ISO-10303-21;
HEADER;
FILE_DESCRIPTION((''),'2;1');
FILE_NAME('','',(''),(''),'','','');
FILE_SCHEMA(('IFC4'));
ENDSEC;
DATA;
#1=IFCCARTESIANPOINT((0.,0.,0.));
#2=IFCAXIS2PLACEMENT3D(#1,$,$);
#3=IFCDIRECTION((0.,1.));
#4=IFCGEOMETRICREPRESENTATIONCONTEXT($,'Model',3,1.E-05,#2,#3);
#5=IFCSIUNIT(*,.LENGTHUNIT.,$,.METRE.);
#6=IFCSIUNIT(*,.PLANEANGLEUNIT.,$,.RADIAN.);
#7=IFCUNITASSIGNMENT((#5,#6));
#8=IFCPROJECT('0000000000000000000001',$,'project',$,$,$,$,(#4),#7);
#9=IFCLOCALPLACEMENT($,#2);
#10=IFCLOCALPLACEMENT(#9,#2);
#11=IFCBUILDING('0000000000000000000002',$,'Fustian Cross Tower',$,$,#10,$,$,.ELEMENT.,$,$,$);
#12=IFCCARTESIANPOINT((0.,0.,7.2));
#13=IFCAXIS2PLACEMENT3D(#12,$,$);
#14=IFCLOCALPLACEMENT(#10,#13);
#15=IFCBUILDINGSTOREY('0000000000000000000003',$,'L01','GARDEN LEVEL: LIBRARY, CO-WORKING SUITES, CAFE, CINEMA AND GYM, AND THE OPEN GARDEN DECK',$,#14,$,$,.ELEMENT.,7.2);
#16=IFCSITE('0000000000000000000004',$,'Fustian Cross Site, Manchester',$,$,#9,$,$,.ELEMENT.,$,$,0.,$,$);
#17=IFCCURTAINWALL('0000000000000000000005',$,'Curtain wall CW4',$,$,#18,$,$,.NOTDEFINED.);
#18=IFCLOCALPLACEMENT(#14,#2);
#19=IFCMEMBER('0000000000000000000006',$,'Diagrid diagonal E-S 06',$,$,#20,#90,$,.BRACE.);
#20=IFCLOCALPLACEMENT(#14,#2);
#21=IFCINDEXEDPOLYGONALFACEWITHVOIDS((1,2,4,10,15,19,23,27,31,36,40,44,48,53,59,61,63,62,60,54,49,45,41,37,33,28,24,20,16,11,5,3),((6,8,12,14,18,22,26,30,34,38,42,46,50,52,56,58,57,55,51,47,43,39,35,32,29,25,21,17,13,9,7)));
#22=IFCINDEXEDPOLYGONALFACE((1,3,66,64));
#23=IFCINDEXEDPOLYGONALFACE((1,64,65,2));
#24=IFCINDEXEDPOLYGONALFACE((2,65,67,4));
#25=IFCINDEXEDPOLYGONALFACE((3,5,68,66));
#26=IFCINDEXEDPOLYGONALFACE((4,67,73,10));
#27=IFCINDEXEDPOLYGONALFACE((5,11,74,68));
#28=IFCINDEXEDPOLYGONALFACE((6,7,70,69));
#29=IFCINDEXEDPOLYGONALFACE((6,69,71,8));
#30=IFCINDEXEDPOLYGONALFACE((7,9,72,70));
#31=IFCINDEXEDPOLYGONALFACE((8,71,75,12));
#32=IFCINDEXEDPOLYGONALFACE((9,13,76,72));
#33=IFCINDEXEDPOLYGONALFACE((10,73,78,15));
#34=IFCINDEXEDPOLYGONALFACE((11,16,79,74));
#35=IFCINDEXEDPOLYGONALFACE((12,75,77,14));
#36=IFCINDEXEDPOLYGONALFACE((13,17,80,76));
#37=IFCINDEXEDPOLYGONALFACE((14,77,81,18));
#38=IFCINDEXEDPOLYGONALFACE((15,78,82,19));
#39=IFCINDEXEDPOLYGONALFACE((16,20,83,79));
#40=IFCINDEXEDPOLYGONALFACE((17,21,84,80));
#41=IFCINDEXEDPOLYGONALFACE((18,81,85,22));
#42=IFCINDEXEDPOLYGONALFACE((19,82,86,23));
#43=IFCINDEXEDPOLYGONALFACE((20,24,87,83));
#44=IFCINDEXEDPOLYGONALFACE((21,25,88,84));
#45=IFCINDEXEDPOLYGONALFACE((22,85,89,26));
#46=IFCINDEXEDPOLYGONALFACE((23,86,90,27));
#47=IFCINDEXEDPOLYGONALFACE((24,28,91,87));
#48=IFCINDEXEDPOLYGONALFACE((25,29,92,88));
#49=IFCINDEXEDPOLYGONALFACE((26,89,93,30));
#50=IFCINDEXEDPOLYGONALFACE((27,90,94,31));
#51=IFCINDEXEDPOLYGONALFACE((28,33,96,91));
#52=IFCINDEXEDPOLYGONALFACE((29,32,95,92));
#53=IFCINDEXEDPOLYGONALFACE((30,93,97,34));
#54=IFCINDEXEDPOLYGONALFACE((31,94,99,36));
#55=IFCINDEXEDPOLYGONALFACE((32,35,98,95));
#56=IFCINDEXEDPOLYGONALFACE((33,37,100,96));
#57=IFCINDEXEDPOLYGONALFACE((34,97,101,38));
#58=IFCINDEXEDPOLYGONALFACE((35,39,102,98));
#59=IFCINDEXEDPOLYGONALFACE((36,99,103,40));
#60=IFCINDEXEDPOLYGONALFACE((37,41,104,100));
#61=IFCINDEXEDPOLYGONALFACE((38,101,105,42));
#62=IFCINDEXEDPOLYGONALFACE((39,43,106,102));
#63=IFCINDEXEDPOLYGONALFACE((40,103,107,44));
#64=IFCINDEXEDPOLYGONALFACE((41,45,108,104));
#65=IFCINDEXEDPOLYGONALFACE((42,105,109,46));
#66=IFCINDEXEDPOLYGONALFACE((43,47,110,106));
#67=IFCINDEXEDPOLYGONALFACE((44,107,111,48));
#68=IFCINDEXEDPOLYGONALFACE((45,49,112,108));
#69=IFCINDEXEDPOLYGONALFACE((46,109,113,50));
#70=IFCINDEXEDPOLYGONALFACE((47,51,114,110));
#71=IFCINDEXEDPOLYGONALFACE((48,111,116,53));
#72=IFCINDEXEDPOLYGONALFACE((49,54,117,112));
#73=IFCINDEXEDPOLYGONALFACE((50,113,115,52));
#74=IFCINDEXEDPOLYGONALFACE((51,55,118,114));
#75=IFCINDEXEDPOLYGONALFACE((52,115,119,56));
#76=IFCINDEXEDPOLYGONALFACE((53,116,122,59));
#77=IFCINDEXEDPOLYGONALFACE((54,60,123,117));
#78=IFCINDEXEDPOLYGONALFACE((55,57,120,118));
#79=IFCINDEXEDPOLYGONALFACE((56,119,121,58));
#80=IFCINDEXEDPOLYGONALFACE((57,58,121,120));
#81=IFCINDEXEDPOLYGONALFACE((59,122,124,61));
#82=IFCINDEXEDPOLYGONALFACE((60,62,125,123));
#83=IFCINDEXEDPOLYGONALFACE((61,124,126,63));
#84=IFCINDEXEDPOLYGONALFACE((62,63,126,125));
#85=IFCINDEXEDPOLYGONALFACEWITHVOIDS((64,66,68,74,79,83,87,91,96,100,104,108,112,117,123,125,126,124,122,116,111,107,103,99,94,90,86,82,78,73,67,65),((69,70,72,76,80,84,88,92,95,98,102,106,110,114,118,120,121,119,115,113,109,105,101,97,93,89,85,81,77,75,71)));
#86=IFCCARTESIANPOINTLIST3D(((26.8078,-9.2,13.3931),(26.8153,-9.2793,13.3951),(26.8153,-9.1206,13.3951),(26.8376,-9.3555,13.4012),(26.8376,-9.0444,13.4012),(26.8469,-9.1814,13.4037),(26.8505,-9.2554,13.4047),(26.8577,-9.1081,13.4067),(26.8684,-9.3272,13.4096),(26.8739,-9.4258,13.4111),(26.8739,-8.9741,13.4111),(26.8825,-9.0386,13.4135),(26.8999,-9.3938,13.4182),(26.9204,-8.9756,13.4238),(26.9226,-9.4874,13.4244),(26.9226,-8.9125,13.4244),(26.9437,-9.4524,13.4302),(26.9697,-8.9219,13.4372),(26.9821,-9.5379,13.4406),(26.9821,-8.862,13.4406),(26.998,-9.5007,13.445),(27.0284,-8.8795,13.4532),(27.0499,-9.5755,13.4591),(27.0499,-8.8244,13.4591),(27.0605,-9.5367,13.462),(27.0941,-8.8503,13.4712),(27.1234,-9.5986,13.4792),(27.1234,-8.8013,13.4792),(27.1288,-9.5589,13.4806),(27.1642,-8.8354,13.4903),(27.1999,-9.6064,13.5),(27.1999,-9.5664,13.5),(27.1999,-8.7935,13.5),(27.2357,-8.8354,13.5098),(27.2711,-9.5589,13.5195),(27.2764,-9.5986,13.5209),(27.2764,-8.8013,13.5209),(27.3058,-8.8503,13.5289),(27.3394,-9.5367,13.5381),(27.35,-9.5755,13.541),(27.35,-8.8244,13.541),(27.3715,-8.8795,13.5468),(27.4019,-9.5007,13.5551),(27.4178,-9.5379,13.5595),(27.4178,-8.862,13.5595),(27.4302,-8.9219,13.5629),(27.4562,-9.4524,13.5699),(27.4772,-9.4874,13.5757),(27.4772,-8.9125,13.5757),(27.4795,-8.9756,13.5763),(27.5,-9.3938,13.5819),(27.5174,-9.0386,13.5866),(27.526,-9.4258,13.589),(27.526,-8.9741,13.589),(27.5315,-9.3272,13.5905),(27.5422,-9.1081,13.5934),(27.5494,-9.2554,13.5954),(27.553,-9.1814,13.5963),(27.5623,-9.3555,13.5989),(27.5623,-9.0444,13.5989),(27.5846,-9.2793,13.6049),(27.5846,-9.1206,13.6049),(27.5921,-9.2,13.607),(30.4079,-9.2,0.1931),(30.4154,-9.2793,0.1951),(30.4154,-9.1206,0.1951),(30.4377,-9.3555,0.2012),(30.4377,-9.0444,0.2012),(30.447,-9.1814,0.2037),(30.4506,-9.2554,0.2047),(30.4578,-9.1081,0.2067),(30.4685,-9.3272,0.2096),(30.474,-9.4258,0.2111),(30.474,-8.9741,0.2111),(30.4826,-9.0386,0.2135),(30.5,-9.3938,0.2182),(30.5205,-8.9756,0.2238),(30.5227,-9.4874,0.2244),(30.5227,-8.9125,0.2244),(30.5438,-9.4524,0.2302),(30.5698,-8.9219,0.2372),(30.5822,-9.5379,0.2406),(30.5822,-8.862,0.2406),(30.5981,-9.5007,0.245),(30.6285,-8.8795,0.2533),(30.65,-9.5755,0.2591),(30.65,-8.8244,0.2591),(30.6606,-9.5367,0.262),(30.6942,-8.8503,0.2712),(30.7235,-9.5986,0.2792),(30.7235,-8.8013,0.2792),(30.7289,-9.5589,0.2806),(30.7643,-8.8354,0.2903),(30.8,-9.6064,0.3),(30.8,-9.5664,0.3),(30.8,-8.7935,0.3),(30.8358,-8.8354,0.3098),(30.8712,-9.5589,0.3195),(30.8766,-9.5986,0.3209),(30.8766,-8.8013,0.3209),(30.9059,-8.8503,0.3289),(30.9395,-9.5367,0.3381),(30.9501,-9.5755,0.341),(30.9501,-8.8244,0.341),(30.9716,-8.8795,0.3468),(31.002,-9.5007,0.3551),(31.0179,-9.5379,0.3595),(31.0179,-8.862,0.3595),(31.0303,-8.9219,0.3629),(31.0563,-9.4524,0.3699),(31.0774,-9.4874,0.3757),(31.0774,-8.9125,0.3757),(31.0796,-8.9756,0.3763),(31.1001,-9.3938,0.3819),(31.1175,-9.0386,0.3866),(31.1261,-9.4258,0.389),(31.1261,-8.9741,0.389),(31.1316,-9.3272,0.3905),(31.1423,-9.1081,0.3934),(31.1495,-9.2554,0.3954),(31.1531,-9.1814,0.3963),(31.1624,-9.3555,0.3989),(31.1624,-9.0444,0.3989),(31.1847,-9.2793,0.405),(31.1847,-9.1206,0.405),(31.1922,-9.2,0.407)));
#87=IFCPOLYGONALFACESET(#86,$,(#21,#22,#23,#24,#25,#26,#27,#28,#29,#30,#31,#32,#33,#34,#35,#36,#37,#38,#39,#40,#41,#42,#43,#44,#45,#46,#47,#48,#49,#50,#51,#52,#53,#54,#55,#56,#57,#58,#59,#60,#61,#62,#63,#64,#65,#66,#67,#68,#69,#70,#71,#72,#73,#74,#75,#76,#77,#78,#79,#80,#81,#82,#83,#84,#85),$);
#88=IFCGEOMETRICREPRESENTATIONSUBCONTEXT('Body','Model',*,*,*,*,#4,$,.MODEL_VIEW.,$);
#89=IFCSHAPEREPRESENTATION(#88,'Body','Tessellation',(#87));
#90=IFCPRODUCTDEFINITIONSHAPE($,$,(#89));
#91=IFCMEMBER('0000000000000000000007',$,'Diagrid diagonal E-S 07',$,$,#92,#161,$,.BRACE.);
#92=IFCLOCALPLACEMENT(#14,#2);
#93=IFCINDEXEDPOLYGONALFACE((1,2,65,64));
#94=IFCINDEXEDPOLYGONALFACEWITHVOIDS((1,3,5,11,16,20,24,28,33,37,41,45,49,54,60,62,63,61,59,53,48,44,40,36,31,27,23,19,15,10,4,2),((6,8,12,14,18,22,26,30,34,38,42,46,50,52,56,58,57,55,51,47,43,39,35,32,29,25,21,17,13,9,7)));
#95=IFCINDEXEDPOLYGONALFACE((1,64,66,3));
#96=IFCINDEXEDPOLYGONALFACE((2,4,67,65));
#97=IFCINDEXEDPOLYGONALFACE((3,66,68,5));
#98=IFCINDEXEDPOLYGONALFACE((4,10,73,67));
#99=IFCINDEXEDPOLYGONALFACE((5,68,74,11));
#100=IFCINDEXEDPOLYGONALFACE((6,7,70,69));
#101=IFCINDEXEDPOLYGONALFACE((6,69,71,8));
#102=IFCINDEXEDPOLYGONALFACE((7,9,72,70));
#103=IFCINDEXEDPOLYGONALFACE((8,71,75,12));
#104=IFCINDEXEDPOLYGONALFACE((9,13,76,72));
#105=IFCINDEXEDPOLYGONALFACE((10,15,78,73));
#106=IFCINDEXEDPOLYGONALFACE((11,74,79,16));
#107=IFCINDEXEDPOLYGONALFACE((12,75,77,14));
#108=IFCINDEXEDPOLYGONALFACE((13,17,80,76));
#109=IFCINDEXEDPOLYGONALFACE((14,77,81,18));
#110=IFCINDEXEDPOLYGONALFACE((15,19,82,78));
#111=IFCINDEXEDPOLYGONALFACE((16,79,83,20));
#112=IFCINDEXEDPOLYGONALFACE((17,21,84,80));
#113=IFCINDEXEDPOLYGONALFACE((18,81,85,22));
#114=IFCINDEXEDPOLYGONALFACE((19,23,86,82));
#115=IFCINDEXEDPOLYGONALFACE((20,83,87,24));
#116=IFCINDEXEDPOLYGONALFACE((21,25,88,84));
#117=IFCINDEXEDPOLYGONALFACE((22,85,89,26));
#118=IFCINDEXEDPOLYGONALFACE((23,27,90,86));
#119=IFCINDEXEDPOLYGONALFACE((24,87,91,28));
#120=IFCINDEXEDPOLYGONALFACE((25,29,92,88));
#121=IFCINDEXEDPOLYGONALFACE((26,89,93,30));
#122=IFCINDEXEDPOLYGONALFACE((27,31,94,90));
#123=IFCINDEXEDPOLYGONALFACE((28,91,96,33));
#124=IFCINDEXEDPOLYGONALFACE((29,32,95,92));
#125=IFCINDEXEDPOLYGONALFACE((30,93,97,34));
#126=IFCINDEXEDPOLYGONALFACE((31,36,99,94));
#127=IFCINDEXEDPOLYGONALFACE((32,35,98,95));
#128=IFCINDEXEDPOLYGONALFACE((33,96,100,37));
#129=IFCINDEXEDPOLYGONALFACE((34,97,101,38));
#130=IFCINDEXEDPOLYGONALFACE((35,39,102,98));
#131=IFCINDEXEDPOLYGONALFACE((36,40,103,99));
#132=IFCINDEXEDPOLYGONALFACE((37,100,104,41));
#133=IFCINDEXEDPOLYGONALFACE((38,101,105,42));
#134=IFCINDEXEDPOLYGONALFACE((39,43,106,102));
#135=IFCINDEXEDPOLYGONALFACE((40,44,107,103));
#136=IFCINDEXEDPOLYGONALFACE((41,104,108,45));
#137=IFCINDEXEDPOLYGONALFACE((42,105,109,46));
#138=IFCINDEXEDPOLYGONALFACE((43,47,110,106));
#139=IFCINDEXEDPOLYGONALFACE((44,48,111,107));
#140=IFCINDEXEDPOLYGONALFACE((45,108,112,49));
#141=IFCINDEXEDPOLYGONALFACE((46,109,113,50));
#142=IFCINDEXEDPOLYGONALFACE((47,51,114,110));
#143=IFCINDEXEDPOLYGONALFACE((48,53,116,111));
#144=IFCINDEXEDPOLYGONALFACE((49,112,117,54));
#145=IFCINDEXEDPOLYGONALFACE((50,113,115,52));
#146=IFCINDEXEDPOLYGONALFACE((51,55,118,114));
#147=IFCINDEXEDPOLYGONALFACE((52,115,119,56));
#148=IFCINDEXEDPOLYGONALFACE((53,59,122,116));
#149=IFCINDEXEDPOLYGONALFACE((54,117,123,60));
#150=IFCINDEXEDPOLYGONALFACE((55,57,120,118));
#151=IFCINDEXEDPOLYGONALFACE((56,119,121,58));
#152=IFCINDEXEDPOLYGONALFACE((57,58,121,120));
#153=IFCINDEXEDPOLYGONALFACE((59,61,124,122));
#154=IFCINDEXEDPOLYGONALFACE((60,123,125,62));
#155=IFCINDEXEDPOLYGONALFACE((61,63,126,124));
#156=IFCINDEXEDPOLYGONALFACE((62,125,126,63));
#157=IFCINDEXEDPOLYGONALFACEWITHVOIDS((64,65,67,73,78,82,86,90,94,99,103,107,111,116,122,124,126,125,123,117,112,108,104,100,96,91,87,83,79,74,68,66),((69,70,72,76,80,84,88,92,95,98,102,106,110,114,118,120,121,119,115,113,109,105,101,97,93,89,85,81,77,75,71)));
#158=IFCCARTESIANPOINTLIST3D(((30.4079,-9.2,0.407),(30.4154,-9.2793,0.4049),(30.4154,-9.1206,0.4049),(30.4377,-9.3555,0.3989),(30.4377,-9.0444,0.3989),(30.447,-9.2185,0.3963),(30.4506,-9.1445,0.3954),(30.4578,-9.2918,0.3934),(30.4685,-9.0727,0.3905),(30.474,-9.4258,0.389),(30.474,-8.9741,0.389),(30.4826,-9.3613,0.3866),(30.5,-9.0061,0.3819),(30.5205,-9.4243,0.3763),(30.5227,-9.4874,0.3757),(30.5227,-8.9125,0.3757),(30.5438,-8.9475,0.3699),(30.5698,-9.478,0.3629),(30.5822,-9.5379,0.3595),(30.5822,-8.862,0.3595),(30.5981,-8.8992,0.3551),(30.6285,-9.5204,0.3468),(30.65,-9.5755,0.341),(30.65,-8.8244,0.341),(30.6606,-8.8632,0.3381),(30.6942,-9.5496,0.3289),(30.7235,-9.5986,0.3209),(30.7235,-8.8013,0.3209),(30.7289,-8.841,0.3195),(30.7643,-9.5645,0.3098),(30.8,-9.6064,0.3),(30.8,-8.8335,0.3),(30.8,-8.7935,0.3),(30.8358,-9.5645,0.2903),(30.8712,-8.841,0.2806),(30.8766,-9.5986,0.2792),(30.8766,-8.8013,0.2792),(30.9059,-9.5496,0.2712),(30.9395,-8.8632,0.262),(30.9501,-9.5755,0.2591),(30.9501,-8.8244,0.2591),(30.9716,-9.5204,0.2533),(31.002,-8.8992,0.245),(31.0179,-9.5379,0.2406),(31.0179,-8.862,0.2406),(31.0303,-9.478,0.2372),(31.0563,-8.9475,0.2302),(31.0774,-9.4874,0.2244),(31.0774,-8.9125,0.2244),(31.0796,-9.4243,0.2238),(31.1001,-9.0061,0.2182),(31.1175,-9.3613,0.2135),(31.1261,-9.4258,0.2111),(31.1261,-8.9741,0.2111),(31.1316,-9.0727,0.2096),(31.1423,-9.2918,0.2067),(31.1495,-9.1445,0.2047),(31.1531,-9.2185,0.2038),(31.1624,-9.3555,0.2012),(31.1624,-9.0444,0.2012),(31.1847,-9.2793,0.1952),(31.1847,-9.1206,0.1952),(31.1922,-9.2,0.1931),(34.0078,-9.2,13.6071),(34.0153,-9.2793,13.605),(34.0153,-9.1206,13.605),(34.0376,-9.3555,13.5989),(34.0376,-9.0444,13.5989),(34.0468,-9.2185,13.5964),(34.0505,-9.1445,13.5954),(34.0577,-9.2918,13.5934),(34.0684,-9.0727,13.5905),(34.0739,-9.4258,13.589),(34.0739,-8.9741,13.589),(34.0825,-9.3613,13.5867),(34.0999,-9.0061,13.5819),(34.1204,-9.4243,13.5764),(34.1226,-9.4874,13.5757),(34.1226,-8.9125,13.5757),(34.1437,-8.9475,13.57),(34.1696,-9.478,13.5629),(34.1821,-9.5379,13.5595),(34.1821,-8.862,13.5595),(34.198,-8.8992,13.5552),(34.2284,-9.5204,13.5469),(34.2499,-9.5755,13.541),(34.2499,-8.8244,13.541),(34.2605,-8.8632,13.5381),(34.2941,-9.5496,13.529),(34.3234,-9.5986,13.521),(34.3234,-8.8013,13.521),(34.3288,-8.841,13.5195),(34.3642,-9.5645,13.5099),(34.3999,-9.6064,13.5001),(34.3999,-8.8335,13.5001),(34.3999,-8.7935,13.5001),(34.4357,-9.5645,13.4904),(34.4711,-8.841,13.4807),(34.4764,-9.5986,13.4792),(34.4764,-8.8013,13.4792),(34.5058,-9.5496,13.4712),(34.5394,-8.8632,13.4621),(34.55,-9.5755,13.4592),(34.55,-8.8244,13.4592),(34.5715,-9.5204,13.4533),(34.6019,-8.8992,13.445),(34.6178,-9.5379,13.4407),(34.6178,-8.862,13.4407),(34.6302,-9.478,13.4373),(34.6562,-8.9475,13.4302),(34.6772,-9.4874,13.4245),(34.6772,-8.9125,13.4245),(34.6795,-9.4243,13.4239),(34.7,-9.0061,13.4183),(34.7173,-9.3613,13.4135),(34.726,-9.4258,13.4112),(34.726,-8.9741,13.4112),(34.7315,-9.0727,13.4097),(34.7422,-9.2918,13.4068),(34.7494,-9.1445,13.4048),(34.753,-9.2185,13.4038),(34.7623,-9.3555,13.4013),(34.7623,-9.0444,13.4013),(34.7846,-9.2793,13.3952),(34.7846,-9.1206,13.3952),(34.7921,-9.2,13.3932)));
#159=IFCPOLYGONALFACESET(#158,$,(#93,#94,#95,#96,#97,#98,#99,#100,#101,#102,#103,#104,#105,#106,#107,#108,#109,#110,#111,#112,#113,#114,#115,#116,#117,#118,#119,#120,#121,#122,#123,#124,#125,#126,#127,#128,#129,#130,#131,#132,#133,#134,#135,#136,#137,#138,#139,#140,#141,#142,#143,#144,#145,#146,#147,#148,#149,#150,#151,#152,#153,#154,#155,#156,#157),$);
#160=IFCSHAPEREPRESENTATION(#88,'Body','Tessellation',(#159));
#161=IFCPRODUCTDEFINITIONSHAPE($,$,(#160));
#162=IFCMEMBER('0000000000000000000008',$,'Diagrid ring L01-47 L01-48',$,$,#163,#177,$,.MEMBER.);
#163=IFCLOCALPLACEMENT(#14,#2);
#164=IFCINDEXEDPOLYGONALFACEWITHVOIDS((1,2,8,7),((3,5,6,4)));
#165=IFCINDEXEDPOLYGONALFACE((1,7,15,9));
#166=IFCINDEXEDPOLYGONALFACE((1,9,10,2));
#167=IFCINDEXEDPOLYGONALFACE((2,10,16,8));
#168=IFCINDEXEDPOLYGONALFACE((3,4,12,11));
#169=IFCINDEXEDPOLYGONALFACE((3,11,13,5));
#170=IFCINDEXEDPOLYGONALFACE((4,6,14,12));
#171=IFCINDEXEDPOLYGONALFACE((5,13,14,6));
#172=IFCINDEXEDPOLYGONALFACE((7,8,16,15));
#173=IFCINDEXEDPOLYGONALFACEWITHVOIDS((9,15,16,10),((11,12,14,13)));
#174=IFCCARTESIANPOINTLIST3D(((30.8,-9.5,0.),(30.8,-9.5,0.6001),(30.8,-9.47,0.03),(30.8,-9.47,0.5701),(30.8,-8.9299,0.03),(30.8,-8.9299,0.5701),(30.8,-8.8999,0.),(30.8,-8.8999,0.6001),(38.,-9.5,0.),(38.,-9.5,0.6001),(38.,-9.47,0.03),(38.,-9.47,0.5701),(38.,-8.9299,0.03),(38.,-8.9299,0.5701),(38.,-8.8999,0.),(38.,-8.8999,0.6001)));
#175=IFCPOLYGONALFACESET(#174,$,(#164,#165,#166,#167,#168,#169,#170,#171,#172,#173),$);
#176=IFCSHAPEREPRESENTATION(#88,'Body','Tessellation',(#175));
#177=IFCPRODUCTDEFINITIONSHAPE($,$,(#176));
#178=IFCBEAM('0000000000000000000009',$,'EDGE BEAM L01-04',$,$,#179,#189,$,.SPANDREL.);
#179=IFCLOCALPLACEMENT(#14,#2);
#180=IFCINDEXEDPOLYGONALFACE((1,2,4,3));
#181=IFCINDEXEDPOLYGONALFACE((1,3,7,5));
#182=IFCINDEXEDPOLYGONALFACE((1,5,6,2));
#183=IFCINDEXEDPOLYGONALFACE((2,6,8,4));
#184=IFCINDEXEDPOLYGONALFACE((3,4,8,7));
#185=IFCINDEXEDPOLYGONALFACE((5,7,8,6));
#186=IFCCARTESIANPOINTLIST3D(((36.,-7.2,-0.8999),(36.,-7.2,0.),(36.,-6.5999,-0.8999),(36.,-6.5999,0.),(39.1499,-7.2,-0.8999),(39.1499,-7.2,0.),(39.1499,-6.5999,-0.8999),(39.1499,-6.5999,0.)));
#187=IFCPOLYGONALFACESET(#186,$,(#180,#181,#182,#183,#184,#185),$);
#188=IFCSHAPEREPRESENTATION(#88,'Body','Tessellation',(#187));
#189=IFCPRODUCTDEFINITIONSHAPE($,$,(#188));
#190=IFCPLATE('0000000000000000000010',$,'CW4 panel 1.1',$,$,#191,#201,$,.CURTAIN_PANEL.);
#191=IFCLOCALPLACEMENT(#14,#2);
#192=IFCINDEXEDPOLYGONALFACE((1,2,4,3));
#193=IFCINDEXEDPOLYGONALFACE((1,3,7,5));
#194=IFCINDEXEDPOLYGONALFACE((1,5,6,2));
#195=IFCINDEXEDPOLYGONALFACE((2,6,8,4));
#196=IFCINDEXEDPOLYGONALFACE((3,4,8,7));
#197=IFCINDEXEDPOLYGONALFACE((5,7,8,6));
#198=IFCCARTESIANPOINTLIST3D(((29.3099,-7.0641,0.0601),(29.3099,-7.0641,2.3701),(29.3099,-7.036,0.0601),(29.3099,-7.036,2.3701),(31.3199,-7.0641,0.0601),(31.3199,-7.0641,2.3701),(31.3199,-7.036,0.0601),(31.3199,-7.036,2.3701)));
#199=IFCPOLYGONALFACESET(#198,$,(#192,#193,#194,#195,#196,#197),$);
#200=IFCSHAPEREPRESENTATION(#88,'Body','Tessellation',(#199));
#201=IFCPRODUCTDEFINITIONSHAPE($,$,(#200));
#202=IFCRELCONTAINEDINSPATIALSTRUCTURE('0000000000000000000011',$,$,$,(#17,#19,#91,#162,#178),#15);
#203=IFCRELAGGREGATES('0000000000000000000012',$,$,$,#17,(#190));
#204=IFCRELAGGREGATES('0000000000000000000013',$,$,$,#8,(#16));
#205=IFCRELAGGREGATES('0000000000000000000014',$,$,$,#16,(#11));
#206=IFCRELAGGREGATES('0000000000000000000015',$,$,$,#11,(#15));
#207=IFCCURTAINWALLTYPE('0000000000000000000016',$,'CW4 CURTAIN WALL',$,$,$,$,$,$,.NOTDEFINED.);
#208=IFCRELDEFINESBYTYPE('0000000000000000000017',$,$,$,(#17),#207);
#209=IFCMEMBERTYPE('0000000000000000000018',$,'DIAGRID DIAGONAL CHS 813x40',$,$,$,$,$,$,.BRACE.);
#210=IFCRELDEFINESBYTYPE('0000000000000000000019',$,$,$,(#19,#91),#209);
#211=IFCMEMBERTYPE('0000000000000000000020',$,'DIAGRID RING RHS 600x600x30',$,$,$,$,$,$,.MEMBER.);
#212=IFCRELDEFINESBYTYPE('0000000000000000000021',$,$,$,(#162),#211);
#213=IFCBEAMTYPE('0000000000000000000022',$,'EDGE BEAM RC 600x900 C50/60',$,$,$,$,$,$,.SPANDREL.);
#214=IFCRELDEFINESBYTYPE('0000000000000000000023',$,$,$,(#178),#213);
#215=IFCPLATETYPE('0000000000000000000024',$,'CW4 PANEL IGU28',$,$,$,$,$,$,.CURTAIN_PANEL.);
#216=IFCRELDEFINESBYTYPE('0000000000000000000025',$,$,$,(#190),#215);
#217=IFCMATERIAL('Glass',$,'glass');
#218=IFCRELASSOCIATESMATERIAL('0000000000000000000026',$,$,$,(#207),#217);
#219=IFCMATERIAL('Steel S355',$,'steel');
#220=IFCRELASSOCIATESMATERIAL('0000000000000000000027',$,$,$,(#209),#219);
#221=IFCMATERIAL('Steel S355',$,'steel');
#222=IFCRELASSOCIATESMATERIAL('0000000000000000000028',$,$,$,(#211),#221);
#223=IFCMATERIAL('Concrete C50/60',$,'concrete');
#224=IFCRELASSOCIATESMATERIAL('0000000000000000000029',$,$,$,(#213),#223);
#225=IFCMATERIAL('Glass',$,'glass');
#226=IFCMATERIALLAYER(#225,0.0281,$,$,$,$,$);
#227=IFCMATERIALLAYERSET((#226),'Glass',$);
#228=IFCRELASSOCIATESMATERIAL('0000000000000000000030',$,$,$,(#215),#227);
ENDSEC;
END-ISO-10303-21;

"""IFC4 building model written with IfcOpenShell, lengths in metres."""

from ifc_helpers import new_model, si_unit, direction, frame, origin, origin_2d, place, context, subcontext, project, spatial, rectangle, hollow_rectangle, hollow_circle, extrude, material, layer, layer_set, material_profile, profile_set, type_object, element, aggregate, save


model = new_model("IFC4")

# Units and contexts
model_context = context("Model", 3, precision=1e-05, world=origin(), true_north=direction((0.0, 1.0)))
body_context = subcontext(model_context, "Body", "Model", "MODEL_VIEW")
ifc_project = project(units=[si_unit("LENGTHUNIT", "METRE"), si_unit("PLANEANGLEUNIT", "RADIAN")], contexts=[model_context])

# Site, building, storey
site_placement = place(None, origin())
site = spatial("IfcSite", under=ifc_project, at=site_placement, Name="Fustian Cross Site, Manchester", CompositionType="ELEMENT", RefElevation=0.0)
building_placement = place(site_placement, origin())
building = spatial("IfcBuilding", under=site, at=building_placement, Name="Fustian Cross Tower", CompositionType="ELEMENT")
storey_placement = place(building_placement, frame((0.0, 0.0, 7.2)))
storey = spatial("IfcBuildingStorey", under=building, at=storey_placement, Name="L01", Description="GARDEN LEVEL: LIBRARY, CO-WORKING SUITES, CAFE, CINEMA AND GYM, AND THE OPEN GARDEN DECK", CompositionType="ELEMENT", Elevation=7.2)

# Curtain wall
ifc_material_1 = material(Name="Glass", Category="glass")
curtain_wall_type = type_object("IfcCurtainWallType", Name="CW4 CURTAIN WALL", PredefinedType="NOTDEFINED", material=ifc_material_1)
curtain_wall_placement = place(storey_placement, origin())
curtain_wall = element("IfcCurtainWall", 1, at=curtain_wall_placement, inside=storey, type_object=curtain_wall_type, Name="Curtain wall CW4", PredefinedType="NOTDEFINED")

# Members
ifc_material_2 = material(Name="Steel S355", Category="steel")
ifc_material_profile_1 = material_profile(ifc_material_2, hollow_circle(Radius=0.4065, WallThickness=0.04, at=origin_2d()), Name="CHS 813x40")
ifc_profile_set_1 = profile_set([ifc_material_profile_1], Name="Steel S355")
member_type_1 = type_object("IfcMemberType", Name="DIAGRID DIAGONAL CHS 813x40", PredefinedType="BRACE", material=ifc_profile_set_1)
for number, where, z_axis, x_axis, name in (
    (2, (30.8, -9.2, 0.3), (-0.263125, 0.0, 0.964762), (0.0, -1.0, 0.0), "Diagrid diagonal E-S 06"),
    (3, (30.8, -9.2, 0.3), (0.263108, 0.0, 0.964766), (0.0, 1.0, 0.0), "Diagrid diagonal E-S 07"),
):
    element("IfcMember", number, at=place(storey_placement, frame(where, z_axis=z_axis, x_axis=x_axis)), inside=storey, type_object=member_type_1, Name=name, PredefinedType="BRACE", context=body_context, shape_type="SweptSolid", body=[
        extrude(hollow_circle(Radius=0.4065, WallThickness=0.04, at=origin_2d()), origin(), (0.0, 0.0, 1.0), 13.6821),
    ])
ifc_material_3 = material(Name="Steel S355", Category="steel")
ifc_material_profile_2 = material_profile(ifc_material_3, hollow_rectangle(XDim=0.6001, YDim=0.6001, WallThickness=0.03, at=origin_2d()), Name="RHS 600x600x30")
ifc_profile_set_2 = profile_set([ifc_material_profile_2], Name="Steel S355")
member_type_2 = type_object("IfcMemberType", Name="DIAGRID RING RHS 600x600x30", PredefinedType="MEMBER", material=ifc_profile_set_2)
member_1_placement = place(storey_placement, frame((30.8, -9.2, 0.3), z_axis=(1.0, 0.0, 0.0), x_axis=(0.0, 1.0, 0.0)))
element("IfcMember", 4, at=member_1_placement, inside=storey, type_object=member_type_2, Name="Diagrid ring L01-47 L01-48", PredefinedType="MEMBER", context=body_context, shape_type="SweptSolid", body=[
    extrude(hollow_rectangle(XDim=0.6001, YDim=0.6001, WallThickness=0.03, at=origin_2d()), origin(), (0.0, 0.0, 1.0), 7.2),
])

# Beam
ifc_material_4 = material(Name="Concrete C50/60", Category="concrete")
ifc_material_profile_3 = material_profile(ifc_material_4, rectangle(XDim=0.6001, YDim=0.8999, at=origin_2d()), Name="RC 600x900")
ifc_profile_set_3 = profile_set([ifc_material_profile_3], Name="Concrete C50/60")
beam_type = type_object("IfcBeamType", Name="EDGE BEAM RC 600x900 C50/60", PredefinedType="SPANDREL", material=ifc_profile_set_3)
beam_placement = place(storey_placement, frame((36.0, -6.8999, -0.45), z_axis=(1.0, 0.0, 0.0), x_axis=(0.0, 1.0, 0.0)))
element("IfcBeam", 5, at=beam_placement, inside=storey, type_object=beam_type, Name="EDGE BEAM L01-04", PredefinedType="SPANDREL", context=body_context, shape_type="SweptSolid", body=[
    extrude(rectangle(XDim=0.6001, YDim=0.8999, at=origin_2d()), origin(), (0.0, 0.0, 1.0), 3.1499),
])

# Plate
ifc_material_5 = material(Name="Glass", Category="glass")
ifc_layer_1 = layer(ifc_material_5, 0.0281)
ifc_layer_set_1 = layer_set([ifc_layer_1], Name="Glass")
plate_type = type_object("IfcPlateType", Name="CW4 PANEL IGU28", PredefinedType="CURTAIN_PANEL", material=ifc_layer_set_1)
plate_1_placement = place(storey_placement, frame((30.3149, -7.05, 0.0601), z_axis=(0.0, 0.0, 1.0), x_axis=(1.0, 0.0, 0.0)))
plate_1 = element("IfcPlate", 6, at=plate_1_placement, type_object=plate_type, Name="CW4 panel 1.1", PredefinedType="CURTAIN_PANEL", context=body_context, shape_type="SweptSolid", body=[
    extrude(rectangle(XDim=2.01, YDim=0.0281, at=origin_2d()), origin(), (0.0, 0.0, 1.0), 2.3101),
])
aggregate(curtain_wall, [plate_1])

save(model, "model.ifc")
